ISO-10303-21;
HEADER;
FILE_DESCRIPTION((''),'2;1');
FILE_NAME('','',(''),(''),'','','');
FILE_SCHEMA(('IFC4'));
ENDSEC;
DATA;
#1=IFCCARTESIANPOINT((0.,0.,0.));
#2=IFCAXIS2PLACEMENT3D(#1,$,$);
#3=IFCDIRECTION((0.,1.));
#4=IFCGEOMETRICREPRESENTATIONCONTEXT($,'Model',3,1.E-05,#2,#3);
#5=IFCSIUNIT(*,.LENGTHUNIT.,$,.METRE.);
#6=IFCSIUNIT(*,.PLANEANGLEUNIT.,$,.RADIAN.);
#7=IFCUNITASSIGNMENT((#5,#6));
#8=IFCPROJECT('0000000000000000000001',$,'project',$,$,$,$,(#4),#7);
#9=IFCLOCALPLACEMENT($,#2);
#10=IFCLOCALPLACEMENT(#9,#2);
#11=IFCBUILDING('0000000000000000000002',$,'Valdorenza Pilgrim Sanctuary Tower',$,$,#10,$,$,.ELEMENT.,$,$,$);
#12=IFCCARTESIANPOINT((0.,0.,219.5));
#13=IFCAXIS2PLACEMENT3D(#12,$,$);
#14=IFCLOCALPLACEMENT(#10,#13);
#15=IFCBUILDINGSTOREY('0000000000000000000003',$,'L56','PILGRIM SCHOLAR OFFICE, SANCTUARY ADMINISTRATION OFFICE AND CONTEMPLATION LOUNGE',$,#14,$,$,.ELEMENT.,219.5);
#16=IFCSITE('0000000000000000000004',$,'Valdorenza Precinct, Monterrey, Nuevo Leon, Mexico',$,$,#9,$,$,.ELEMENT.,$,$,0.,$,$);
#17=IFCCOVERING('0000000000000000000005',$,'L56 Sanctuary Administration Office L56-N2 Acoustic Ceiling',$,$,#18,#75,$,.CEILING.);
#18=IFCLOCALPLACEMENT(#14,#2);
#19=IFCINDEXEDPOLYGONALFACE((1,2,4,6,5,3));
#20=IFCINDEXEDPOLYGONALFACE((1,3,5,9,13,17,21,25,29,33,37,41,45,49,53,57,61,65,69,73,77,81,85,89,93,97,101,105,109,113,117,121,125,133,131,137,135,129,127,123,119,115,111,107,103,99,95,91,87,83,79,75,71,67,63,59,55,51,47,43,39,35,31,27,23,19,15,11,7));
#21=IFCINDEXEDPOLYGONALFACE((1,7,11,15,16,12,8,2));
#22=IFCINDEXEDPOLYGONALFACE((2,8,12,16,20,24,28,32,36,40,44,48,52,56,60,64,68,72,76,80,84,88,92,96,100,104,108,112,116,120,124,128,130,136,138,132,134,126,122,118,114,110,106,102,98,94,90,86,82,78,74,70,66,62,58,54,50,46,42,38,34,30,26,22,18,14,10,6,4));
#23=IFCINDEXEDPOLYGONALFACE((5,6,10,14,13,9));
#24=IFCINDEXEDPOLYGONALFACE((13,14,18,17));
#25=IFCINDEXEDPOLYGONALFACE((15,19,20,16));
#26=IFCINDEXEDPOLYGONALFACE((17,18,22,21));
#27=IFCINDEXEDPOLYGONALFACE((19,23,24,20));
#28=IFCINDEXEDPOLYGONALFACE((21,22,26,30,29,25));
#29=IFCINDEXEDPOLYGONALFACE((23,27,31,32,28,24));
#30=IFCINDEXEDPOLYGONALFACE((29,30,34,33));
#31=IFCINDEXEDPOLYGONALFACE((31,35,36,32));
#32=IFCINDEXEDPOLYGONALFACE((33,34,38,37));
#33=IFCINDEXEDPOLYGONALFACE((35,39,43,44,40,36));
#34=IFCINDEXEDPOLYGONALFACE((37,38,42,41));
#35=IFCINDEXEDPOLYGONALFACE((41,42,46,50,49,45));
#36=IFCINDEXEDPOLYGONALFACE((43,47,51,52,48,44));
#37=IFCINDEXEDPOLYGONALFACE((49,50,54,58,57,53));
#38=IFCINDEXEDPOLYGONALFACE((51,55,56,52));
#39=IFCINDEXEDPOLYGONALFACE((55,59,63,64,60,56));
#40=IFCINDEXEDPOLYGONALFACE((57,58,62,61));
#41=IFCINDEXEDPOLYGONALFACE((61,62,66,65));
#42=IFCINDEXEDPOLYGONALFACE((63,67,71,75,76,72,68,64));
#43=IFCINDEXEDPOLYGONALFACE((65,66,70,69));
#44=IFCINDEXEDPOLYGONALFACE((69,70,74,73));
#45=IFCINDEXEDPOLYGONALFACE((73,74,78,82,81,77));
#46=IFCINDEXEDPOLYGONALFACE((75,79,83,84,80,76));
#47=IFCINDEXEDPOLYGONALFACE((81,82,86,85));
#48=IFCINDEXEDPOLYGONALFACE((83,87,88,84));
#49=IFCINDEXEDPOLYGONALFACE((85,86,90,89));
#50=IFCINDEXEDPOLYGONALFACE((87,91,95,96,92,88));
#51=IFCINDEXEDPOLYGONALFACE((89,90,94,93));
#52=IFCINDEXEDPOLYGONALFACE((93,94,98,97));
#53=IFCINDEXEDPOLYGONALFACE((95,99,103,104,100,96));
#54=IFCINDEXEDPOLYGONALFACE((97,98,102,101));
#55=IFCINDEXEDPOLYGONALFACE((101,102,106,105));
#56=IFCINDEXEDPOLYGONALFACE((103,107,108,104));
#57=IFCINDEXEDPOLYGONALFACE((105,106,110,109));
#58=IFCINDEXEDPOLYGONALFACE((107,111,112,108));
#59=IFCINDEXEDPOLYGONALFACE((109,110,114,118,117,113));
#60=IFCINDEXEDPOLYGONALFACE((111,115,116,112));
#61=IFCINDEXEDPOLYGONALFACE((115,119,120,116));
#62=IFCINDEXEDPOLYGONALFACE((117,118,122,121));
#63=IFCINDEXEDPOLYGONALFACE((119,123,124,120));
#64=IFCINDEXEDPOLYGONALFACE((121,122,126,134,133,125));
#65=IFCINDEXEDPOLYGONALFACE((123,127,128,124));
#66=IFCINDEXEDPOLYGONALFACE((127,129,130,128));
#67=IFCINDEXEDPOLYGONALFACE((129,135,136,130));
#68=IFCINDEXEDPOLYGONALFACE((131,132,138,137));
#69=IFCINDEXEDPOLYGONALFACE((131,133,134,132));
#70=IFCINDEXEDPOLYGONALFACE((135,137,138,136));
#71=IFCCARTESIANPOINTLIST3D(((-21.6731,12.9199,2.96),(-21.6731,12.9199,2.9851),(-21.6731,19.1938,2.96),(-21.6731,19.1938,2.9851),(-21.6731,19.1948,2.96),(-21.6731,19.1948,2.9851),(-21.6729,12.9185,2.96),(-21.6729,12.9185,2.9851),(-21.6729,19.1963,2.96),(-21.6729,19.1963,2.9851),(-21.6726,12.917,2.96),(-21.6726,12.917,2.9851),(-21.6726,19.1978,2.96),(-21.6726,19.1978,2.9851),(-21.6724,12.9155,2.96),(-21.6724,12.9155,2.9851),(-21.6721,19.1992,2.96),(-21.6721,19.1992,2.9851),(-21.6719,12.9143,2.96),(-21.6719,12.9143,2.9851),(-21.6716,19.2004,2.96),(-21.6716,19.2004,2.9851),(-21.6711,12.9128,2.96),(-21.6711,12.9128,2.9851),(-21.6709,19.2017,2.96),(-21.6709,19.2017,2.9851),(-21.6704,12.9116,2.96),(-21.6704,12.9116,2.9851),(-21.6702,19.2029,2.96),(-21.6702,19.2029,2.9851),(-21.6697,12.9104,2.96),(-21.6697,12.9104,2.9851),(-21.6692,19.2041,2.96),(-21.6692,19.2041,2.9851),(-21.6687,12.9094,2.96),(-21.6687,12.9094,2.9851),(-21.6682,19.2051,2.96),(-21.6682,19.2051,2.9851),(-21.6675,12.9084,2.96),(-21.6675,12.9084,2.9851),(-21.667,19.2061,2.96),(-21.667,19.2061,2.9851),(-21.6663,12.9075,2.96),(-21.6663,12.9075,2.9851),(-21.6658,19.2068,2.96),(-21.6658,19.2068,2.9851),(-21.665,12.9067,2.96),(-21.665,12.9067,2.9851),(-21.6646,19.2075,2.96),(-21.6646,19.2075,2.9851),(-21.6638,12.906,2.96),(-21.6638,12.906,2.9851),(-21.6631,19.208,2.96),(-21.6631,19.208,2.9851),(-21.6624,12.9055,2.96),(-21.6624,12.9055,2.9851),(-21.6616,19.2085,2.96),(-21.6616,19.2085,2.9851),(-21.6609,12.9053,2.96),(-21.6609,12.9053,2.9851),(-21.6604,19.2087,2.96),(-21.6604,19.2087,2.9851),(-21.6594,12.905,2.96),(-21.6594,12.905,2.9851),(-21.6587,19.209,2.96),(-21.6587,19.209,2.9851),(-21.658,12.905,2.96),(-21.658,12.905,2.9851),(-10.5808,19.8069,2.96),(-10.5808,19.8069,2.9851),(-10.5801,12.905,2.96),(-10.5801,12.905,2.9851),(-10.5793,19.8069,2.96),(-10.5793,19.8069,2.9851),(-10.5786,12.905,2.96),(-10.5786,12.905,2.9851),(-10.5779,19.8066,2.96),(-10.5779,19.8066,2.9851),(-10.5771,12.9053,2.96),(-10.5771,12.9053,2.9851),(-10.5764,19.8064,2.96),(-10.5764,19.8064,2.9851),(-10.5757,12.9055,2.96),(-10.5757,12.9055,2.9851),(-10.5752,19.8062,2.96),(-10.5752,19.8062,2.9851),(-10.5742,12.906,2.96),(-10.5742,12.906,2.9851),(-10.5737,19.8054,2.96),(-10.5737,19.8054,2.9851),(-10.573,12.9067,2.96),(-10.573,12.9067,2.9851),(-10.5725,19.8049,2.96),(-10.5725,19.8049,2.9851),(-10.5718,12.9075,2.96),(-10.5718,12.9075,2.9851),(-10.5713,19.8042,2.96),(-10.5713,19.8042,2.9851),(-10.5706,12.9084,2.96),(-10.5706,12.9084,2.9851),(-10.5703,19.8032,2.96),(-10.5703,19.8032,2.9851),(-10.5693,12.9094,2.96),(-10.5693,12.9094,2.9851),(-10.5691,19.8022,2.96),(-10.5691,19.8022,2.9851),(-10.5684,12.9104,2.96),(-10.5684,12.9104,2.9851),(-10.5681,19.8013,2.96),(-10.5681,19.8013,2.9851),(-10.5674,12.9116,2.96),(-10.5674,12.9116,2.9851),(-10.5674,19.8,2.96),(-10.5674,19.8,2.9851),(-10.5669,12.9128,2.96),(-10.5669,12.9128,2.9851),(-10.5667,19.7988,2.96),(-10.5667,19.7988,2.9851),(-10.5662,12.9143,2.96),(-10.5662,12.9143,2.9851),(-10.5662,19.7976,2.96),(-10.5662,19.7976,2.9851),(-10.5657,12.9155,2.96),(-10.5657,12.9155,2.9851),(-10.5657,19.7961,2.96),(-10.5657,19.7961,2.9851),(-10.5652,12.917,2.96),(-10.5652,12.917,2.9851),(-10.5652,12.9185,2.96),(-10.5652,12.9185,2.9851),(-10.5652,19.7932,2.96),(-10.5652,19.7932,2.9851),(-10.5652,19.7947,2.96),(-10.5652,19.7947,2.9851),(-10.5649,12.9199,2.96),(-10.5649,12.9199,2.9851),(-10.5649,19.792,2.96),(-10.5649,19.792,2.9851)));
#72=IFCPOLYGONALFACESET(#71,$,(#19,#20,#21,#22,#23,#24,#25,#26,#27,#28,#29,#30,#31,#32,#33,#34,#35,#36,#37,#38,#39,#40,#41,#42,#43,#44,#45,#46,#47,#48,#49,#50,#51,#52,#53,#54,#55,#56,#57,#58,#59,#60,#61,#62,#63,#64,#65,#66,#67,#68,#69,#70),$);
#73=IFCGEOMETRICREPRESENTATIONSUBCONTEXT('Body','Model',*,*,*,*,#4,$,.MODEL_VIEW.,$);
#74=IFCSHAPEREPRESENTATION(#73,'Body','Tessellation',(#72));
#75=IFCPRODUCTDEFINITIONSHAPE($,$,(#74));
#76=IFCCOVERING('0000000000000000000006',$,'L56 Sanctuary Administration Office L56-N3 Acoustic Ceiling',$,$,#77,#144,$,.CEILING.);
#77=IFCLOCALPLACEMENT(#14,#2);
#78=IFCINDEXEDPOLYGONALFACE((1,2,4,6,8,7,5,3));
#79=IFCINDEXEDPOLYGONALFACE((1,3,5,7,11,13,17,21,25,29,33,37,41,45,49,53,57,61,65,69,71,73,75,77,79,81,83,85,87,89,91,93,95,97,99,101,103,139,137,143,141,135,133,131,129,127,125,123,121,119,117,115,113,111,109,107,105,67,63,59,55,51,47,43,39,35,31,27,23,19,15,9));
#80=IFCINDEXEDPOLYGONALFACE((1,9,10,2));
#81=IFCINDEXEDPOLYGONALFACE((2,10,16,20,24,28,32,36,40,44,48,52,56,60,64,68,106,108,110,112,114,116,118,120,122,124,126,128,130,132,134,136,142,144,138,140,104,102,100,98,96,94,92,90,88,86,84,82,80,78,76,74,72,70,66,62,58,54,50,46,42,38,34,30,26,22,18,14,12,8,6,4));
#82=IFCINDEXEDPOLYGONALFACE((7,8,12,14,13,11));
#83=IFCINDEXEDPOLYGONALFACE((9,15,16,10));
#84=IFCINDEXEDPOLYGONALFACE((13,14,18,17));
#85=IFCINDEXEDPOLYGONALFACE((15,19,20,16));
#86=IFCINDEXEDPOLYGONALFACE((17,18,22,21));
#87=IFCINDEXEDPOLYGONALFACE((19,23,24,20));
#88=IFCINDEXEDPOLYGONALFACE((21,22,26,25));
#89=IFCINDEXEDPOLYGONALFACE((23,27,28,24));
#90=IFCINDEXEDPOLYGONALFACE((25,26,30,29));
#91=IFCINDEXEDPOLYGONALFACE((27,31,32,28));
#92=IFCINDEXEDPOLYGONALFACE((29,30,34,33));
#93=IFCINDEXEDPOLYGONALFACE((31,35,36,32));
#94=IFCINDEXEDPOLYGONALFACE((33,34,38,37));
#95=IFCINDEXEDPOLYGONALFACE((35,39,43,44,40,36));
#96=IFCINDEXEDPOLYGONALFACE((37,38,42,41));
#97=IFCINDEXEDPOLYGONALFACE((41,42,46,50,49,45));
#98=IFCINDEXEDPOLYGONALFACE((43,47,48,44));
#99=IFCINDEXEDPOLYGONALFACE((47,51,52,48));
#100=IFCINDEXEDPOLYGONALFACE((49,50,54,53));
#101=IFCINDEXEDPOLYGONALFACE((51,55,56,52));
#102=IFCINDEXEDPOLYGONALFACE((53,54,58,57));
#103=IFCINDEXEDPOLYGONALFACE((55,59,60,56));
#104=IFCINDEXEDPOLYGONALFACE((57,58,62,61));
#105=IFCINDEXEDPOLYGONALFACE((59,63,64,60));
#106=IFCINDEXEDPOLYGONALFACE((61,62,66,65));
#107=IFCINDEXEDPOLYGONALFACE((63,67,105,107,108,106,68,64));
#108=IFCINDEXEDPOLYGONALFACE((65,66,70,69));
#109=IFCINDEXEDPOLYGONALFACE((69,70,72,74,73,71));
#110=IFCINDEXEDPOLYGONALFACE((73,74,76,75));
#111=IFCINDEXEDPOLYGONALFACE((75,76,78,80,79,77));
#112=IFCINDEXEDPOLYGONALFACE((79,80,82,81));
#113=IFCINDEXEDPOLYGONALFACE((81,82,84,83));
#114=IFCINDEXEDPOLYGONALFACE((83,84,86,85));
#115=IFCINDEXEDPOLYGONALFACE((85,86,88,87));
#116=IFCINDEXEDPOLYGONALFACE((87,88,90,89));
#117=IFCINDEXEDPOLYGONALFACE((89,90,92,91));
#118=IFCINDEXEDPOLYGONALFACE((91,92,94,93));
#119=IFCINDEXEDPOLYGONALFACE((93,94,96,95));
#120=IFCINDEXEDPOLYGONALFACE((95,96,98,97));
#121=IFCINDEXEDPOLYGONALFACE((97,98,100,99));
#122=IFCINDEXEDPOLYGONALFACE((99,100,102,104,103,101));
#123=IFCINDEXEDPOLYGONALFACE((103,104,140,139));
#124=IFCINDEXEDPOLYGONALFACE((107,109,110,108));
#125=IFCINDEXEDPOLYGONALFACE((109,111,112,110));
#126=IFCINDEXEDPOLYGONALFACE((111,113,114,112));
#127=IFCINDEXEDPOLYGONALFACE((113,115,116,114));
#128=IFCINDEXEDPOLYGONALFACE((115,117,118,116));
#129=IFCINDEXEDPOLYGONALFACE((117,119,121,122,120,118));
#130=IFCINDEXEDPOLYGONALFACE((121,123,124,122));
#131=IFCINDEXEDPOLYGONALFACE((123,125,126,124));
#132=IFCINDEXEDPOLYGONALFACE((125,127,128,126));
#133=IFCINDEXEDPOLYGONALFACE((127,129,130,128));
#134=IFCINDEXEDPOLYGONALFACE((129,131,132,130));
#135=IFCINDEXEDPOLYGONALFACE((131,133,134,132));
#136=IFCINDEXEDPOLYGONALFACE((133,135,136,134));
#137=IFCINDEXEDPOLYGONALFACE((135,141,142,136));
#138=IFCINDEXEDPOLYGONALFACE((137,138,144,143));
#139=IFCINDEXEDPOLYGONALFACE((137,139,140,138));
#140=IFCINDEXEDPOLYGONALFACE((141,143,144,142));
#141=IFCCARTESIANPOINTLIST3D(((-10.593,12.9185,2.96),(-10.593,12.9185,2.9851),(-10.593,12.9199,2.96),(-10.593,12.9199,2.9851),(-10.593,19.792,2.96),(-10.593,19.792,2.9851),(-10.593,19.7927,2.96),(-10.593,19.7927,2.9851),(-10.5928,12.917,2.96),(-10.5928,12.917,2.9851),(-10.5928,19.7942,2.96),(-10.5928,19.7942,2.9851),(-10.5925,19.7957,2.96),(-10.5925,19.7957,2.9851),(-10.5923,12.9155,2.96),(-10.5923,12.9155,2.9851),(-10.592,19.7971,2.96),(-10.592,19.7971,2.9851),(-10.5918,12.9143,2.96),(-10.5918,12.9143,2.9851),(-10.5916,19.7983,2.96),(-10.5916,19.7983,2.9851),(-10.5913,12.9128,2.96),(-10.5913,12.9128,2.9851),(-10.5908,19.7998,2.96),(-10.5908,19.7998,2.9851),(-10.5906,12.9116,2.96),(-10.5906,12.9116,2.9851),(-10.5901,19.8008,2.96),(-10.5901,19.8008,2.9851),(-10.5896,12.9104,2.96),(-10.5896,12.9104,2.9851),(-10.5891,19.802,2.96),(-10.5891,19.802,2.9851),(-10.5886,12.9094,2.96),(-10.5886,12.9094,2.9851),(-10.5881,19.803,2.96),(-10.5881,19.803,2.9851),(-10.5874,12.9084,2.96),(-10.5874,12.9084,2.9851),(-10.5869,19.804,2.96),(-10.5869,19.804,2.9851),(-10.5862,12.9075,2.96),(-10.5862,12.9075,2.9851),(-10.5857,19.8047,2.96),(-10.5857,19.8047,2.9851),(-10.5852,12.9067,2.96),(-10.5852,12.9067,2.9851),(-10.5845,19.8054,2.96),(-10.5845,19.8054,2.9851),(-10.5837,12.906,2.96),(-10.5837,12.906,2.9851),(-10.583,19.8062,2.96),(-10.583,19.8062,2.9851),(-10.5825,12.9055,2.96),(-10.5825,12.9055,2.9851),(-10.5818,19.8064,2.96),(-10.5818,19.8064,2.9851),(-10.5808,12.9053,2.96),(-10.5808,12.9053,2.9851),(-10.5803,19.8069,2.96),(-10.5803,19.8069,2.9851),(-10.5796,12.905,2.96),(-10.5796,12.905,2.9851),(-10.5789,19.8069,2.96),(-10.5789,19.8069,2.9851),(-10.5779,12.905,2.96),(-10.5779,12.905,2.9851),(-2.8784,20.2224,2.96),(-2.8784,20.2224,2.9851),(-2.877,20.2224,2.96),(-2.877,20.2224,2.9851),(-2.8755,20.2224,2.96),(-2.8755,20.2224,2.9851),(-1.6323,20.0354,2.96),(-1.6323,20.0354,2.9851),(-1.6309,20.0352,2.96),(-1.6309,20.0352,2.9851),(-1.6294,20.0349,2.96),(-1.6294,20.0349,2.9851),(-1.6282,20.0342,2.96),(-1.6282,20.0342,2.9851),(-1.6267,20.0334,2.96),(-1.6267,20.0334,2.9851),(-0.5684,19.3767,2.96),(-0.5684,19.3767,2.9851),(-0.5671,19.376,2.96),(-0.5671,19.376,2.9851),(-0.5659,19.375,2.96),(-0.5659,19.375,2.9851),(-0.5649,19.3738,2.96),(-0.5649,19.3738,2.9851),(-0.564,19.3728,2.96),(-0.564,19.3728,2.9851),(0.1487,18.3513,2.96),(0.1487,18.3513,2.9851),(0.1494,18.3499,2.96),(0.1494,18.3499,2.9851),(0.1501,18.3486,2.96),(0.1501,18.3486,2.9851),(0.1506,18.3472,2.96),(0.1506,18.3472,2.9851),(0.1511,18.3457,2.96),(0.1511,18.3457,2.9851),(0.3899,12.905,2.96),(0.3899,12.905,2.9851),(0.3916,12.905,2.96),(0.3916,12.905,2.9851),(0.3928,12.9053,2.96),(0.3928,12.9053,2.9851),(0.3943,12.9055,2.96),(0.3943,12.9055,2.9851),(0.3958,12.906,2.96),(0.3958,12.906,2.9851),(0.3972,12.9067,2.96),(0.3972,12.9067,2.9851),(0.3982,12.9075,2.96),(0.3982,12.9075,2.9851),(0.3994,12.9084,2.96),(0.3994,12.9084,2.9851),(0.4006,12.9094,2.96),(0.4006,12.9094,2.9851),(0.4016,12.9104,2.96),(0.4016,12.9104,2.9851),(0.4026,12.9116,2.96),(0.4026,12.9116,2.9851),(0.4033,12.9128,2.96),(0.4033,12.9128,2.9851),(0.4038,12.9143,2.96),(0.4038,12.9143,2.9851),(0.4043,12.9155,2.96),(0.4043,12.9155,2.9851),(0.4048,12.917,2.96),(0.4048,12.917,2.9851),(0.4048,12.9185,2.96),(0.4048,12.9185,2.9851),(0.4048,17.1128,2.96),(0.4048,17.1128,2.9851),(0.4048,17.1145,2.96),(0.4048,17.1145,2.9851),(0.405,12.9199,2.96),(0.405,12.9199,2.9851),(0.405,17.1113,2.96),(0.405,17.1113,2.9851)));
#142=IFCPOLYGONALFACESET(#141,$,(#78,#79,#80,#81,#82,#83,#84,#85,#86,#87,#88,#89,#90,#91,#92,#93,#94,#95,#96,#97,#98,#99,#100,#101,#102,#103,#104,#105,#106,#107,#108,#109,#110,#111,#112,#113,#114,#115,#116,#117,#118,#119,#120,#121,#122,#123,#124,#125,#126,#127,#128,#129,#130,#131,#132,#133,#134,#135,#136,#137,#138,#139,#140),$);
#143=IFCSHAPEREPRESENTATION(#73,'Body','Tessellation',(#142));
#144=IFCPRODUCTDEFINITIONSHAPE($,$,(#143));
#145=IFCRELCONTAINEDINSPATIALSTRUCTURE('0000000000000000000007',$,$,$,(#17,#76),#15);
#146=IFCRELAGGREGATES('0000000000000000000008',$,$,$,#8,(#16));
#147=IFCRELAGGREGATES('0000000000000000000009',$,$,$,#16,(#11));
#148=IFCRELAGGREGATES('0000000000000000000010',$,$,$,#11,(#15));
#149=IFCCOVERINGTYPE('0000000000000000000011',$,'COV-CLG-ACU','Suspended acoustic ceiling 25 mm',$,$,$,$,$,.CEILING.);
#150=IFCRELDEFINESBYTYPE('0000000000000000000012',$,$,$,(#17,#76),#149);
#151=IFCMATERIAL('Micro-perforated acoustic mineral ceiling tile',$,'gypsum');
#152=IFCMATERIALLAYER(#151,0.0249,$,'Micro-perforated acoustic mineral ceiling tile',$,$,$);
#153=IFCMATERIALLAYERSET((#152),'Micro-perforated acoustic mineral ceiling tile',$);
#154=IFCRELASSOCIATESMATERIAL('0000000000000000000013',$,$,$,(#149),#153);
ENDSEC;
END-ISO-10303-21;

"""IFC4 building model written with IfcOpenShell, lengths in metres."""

from ifc_helpers import new_model, si_unit, direction, frame, origin, place, context, subcontext, project, spatial, polyline, outline, extrude, material, layer, layer_set, type_object, element, save


model = new_model("IFC4")

# Units and contexts
model_context = context("Model", 3, precision=1e-05, world=origin(), true_north=direction((0.0, 1.0)))
body_context = subcontext(model_context, "Body", "Model", "MODEL_VIEW")
ifc_project = project(units=[si_unit("LENGTHUNIT", "METRE"), si_unit("PLANEANGLEUNIT", "RADIAN")], contexts=[model_context])

# Site, building, storey
site_placement = place(None, origin())
site = spatial("IfcSite", under=ifc_project, at=site_placement, Name="Valdorenza Precinct, Monterrey, Nuevo Leon, Mexico", CompositionType="ELEMENT", RefElevation=0.0)
building_placement = place(site_placement, origin())
building = spatial("IfcBuilding", under=site, at=building_placement, Name="Valdorenza Pilgrim Sanctuary Tower", CompositionType="ELEMENT")
storey_placement = place(building_placement, frame((0.0, 0.0, 219.5)))
storey = spatial("IfcBuildingStorey", under=building, at=storey_placement, Name="L56", Description="PILGRIM SCHOLAR OFFICE, SANCTUARY ADMINISTRATION OFFICE AND CONTEMPLATION LOUNGE", CompositionType="ELEMENT", Elevation=219.5)

# Coverings
ifc_material_1 = material(Name="Micro-perforated acoustic mineral ceiling tile", Category="gypsum")
ifc_layer_1 = layer(ifc_material_1, 0.0249, Name="Micro-perforated acoustic mineral ceiling tile")
ifc_layer_set_1 = layer_set([ifc_layer_1], Name="Micro-perforated acoustic mineral ceiling tile")
covering_type_1 = type_object("IfcCoveringType", Name="COV-CLG-ACU", Description="Suspended acoustic ceiling 25 mm", PredefinedType="CEILING", material=ifc_layer_set_1)
covering_1_placement = place(storey_placement, frame((0.0, 0.0, 2.96)))
element("IfcCovering", 1, at=covering_1_placement, inside=storey, type_object=covering_type_1, Name="L56 Sanctuary Administration Office L56-N2 Acoustic Ceiling", PredefinedType="CEILING", context=body_context, shape_type="SweptSolid", body=[
    extrude(outline(polyline([(-21.6731, 19.1938), (-21.6731, 19.1948), (-21.6729, 19.1963), (-21.6726, 19.1978), (-21.6721, 19.1992), (-21.6716, 19.2004), (-21.6709, 19.2017), (-21.6702, 19.2029), (-21.6692, 19.2041), (-21.6682, 19.2051), (-21.667, 19.2061), (-21.6658, 19.2068), (-21.6646, 19.2075), (-21.6631, 19.208), (-21.6616, 19.2085), (-21.6604, 19.2087), (-21.6587, 19.209), (-10.5808, 19.8069), (-10.5793, 19.8069), (-10.5779, 19.8066), (-10.5764, 19.8064), (-10.5752, 19.8062), (-10.5737, 19.8054), (-10.5725, 19.8049), (-10.5713, 19.8042), (-10.5703, 19.8032), (-10.5691, 19.8022), (-10.5681, 19.8013), (-10.5674, 19.8), (-10.5667, 19.7988), (-10.5662, 19.7976), (-10.5657, 19.7961), (-10.5652, 19.7947), (-10.5652, 19.7932), (-10.5649, 19.792), (-10.5649, 12.9199), (-10.5652, 12.9185), (-10.5652, 12.917), (-10.5657, 12.9155), (-10.5662, 12.9143), (-10.5669, 12.9128), (-10.5674, 12.9116), (-10.5684, 12.9104), (-10.5693, 12.9094), (-10.5706, 12.9084), (-10.5718, 12.9075), (-10.573, 12.9067), (-10.5742, 12.906), (-10.5757, 12.9055), (-10.5771, 12.9053), (-10.5786, 12.905), (-10.5801, 12.905), (-21.658, 12.905), (-21.6594, 12.905), (-21.6609, 12.9053), (-21.6624, 12.9055), (-21.6638, 12.906), (-21.665, 12.9067), (-21.6663, 12.9075), (-21.6675, 12.9084), (-21.6687, 12.9094), (-21.6697, 12.9104), (-21.6704, 12.9116), (-21.6711, 12.9128), (-21.6719, 12.9143), (-21.6724, 12.9155), (-21.6726, 12.917), (-21.6729, 12.9185), (-21.6731, 12.9199), (-21.6731, 19.1938), (-21.6731, 19.1938)])), origin(), (0.0, 0.0, 1.0), 0.0251),
])
covering_2_placement = place(storey_placement, frame((0.0, 0.0, 2.96)))
element("IfcCovering", 2, at=covering_2_placement, inside=storey, type_object=covering_type_1, Name="L56 Sanctuary Administration Office L56-N3 Acoustic Ceiling", PredefinedType="CEILING", context=body_context, shape_type="SweptSolid", body=[
    extrude(outline(polyline([(-10.593, 19.792), (-10.593, 19.7927), (-10.5928, 19.7942), (-10.5925, 19.7957), (-10.592, 19.7971), (-10.5916, 19.7983), (-10.5908, 19.7998), (-10.5901, 19.8008), (-10.5891, 19.802), (-10.5881, 19.803), (-10.5869, 19.804), (-10.5857, 19.8047), (-10.5845, 19.8054), (-10.583, 19.8062), (-10.5818, 19.8064), (-10.5803, 19.8069), (-10.5789, 19.8069), (-2.8784, 20.2224), (-2.877, 20.2224), (-2.8755, 20.2224), (-1.6323, 20.0354), (-1.6309, 20.0352), (-1.6294, 20.0349), (-1.6282, 20.0342), (-1.6267, 20.0334), (-0.5684, 19.3767), (-0.5671, 19.376), (-0.5659, 19.375), (-0.5649, 19.3738), (-0.564, 19.3728), (0.1487, 18.3513), (0.1494, 18.3499), (0.1501, 18.3486), (0.1506, 18.3472), (0.1511, 18.3457), (0.4048, 17.1145), (0.4048, 17.1128), (0.405, 17.1113), (0.405, 12.9199), (0.4048, 12.9185), (0.4048, 12.917), (0.4043, 12.9155), (0.4038, 12.9143), (0.4033, 12.9128), (0.4026, 12.9116), (0.4016, 12.9104), (0.4006, 12.9094), (0.3994, 12.9084), (0.3982, 12.9075), (0.3972, 12.9067), (0.3958, 12.906), (0.3943, 12.9055), (0.3928, 12.9053), (0.3916, 12.905), (0.3899, 12.905), (-10.5779, 12.905), (-10.5796, 12.905), (-10.5808, 12.9053), (-10.5825, 12.9055), (-10.5837, 12.906), (-10.5852, 12.9067), (-10.5862, 12.9075), (-10.5874, 12.9084), (-10.5886, 12.9094), (-10.5896, 12.9104), (-10.5906, 12.9116), (-10.5913, 12.9128), (-10.5918, 12.9143), (-10.5923, 12.9155), (-10.5928, 12.917), (-10.593, 12.9185), (-10.593, 12.9199), (-10.593, 19.792), (-10.593, 19.792)])), origin(), (0.0, 0.0, 1.0), 0.0251),
])

save(model, "model.ifc")
